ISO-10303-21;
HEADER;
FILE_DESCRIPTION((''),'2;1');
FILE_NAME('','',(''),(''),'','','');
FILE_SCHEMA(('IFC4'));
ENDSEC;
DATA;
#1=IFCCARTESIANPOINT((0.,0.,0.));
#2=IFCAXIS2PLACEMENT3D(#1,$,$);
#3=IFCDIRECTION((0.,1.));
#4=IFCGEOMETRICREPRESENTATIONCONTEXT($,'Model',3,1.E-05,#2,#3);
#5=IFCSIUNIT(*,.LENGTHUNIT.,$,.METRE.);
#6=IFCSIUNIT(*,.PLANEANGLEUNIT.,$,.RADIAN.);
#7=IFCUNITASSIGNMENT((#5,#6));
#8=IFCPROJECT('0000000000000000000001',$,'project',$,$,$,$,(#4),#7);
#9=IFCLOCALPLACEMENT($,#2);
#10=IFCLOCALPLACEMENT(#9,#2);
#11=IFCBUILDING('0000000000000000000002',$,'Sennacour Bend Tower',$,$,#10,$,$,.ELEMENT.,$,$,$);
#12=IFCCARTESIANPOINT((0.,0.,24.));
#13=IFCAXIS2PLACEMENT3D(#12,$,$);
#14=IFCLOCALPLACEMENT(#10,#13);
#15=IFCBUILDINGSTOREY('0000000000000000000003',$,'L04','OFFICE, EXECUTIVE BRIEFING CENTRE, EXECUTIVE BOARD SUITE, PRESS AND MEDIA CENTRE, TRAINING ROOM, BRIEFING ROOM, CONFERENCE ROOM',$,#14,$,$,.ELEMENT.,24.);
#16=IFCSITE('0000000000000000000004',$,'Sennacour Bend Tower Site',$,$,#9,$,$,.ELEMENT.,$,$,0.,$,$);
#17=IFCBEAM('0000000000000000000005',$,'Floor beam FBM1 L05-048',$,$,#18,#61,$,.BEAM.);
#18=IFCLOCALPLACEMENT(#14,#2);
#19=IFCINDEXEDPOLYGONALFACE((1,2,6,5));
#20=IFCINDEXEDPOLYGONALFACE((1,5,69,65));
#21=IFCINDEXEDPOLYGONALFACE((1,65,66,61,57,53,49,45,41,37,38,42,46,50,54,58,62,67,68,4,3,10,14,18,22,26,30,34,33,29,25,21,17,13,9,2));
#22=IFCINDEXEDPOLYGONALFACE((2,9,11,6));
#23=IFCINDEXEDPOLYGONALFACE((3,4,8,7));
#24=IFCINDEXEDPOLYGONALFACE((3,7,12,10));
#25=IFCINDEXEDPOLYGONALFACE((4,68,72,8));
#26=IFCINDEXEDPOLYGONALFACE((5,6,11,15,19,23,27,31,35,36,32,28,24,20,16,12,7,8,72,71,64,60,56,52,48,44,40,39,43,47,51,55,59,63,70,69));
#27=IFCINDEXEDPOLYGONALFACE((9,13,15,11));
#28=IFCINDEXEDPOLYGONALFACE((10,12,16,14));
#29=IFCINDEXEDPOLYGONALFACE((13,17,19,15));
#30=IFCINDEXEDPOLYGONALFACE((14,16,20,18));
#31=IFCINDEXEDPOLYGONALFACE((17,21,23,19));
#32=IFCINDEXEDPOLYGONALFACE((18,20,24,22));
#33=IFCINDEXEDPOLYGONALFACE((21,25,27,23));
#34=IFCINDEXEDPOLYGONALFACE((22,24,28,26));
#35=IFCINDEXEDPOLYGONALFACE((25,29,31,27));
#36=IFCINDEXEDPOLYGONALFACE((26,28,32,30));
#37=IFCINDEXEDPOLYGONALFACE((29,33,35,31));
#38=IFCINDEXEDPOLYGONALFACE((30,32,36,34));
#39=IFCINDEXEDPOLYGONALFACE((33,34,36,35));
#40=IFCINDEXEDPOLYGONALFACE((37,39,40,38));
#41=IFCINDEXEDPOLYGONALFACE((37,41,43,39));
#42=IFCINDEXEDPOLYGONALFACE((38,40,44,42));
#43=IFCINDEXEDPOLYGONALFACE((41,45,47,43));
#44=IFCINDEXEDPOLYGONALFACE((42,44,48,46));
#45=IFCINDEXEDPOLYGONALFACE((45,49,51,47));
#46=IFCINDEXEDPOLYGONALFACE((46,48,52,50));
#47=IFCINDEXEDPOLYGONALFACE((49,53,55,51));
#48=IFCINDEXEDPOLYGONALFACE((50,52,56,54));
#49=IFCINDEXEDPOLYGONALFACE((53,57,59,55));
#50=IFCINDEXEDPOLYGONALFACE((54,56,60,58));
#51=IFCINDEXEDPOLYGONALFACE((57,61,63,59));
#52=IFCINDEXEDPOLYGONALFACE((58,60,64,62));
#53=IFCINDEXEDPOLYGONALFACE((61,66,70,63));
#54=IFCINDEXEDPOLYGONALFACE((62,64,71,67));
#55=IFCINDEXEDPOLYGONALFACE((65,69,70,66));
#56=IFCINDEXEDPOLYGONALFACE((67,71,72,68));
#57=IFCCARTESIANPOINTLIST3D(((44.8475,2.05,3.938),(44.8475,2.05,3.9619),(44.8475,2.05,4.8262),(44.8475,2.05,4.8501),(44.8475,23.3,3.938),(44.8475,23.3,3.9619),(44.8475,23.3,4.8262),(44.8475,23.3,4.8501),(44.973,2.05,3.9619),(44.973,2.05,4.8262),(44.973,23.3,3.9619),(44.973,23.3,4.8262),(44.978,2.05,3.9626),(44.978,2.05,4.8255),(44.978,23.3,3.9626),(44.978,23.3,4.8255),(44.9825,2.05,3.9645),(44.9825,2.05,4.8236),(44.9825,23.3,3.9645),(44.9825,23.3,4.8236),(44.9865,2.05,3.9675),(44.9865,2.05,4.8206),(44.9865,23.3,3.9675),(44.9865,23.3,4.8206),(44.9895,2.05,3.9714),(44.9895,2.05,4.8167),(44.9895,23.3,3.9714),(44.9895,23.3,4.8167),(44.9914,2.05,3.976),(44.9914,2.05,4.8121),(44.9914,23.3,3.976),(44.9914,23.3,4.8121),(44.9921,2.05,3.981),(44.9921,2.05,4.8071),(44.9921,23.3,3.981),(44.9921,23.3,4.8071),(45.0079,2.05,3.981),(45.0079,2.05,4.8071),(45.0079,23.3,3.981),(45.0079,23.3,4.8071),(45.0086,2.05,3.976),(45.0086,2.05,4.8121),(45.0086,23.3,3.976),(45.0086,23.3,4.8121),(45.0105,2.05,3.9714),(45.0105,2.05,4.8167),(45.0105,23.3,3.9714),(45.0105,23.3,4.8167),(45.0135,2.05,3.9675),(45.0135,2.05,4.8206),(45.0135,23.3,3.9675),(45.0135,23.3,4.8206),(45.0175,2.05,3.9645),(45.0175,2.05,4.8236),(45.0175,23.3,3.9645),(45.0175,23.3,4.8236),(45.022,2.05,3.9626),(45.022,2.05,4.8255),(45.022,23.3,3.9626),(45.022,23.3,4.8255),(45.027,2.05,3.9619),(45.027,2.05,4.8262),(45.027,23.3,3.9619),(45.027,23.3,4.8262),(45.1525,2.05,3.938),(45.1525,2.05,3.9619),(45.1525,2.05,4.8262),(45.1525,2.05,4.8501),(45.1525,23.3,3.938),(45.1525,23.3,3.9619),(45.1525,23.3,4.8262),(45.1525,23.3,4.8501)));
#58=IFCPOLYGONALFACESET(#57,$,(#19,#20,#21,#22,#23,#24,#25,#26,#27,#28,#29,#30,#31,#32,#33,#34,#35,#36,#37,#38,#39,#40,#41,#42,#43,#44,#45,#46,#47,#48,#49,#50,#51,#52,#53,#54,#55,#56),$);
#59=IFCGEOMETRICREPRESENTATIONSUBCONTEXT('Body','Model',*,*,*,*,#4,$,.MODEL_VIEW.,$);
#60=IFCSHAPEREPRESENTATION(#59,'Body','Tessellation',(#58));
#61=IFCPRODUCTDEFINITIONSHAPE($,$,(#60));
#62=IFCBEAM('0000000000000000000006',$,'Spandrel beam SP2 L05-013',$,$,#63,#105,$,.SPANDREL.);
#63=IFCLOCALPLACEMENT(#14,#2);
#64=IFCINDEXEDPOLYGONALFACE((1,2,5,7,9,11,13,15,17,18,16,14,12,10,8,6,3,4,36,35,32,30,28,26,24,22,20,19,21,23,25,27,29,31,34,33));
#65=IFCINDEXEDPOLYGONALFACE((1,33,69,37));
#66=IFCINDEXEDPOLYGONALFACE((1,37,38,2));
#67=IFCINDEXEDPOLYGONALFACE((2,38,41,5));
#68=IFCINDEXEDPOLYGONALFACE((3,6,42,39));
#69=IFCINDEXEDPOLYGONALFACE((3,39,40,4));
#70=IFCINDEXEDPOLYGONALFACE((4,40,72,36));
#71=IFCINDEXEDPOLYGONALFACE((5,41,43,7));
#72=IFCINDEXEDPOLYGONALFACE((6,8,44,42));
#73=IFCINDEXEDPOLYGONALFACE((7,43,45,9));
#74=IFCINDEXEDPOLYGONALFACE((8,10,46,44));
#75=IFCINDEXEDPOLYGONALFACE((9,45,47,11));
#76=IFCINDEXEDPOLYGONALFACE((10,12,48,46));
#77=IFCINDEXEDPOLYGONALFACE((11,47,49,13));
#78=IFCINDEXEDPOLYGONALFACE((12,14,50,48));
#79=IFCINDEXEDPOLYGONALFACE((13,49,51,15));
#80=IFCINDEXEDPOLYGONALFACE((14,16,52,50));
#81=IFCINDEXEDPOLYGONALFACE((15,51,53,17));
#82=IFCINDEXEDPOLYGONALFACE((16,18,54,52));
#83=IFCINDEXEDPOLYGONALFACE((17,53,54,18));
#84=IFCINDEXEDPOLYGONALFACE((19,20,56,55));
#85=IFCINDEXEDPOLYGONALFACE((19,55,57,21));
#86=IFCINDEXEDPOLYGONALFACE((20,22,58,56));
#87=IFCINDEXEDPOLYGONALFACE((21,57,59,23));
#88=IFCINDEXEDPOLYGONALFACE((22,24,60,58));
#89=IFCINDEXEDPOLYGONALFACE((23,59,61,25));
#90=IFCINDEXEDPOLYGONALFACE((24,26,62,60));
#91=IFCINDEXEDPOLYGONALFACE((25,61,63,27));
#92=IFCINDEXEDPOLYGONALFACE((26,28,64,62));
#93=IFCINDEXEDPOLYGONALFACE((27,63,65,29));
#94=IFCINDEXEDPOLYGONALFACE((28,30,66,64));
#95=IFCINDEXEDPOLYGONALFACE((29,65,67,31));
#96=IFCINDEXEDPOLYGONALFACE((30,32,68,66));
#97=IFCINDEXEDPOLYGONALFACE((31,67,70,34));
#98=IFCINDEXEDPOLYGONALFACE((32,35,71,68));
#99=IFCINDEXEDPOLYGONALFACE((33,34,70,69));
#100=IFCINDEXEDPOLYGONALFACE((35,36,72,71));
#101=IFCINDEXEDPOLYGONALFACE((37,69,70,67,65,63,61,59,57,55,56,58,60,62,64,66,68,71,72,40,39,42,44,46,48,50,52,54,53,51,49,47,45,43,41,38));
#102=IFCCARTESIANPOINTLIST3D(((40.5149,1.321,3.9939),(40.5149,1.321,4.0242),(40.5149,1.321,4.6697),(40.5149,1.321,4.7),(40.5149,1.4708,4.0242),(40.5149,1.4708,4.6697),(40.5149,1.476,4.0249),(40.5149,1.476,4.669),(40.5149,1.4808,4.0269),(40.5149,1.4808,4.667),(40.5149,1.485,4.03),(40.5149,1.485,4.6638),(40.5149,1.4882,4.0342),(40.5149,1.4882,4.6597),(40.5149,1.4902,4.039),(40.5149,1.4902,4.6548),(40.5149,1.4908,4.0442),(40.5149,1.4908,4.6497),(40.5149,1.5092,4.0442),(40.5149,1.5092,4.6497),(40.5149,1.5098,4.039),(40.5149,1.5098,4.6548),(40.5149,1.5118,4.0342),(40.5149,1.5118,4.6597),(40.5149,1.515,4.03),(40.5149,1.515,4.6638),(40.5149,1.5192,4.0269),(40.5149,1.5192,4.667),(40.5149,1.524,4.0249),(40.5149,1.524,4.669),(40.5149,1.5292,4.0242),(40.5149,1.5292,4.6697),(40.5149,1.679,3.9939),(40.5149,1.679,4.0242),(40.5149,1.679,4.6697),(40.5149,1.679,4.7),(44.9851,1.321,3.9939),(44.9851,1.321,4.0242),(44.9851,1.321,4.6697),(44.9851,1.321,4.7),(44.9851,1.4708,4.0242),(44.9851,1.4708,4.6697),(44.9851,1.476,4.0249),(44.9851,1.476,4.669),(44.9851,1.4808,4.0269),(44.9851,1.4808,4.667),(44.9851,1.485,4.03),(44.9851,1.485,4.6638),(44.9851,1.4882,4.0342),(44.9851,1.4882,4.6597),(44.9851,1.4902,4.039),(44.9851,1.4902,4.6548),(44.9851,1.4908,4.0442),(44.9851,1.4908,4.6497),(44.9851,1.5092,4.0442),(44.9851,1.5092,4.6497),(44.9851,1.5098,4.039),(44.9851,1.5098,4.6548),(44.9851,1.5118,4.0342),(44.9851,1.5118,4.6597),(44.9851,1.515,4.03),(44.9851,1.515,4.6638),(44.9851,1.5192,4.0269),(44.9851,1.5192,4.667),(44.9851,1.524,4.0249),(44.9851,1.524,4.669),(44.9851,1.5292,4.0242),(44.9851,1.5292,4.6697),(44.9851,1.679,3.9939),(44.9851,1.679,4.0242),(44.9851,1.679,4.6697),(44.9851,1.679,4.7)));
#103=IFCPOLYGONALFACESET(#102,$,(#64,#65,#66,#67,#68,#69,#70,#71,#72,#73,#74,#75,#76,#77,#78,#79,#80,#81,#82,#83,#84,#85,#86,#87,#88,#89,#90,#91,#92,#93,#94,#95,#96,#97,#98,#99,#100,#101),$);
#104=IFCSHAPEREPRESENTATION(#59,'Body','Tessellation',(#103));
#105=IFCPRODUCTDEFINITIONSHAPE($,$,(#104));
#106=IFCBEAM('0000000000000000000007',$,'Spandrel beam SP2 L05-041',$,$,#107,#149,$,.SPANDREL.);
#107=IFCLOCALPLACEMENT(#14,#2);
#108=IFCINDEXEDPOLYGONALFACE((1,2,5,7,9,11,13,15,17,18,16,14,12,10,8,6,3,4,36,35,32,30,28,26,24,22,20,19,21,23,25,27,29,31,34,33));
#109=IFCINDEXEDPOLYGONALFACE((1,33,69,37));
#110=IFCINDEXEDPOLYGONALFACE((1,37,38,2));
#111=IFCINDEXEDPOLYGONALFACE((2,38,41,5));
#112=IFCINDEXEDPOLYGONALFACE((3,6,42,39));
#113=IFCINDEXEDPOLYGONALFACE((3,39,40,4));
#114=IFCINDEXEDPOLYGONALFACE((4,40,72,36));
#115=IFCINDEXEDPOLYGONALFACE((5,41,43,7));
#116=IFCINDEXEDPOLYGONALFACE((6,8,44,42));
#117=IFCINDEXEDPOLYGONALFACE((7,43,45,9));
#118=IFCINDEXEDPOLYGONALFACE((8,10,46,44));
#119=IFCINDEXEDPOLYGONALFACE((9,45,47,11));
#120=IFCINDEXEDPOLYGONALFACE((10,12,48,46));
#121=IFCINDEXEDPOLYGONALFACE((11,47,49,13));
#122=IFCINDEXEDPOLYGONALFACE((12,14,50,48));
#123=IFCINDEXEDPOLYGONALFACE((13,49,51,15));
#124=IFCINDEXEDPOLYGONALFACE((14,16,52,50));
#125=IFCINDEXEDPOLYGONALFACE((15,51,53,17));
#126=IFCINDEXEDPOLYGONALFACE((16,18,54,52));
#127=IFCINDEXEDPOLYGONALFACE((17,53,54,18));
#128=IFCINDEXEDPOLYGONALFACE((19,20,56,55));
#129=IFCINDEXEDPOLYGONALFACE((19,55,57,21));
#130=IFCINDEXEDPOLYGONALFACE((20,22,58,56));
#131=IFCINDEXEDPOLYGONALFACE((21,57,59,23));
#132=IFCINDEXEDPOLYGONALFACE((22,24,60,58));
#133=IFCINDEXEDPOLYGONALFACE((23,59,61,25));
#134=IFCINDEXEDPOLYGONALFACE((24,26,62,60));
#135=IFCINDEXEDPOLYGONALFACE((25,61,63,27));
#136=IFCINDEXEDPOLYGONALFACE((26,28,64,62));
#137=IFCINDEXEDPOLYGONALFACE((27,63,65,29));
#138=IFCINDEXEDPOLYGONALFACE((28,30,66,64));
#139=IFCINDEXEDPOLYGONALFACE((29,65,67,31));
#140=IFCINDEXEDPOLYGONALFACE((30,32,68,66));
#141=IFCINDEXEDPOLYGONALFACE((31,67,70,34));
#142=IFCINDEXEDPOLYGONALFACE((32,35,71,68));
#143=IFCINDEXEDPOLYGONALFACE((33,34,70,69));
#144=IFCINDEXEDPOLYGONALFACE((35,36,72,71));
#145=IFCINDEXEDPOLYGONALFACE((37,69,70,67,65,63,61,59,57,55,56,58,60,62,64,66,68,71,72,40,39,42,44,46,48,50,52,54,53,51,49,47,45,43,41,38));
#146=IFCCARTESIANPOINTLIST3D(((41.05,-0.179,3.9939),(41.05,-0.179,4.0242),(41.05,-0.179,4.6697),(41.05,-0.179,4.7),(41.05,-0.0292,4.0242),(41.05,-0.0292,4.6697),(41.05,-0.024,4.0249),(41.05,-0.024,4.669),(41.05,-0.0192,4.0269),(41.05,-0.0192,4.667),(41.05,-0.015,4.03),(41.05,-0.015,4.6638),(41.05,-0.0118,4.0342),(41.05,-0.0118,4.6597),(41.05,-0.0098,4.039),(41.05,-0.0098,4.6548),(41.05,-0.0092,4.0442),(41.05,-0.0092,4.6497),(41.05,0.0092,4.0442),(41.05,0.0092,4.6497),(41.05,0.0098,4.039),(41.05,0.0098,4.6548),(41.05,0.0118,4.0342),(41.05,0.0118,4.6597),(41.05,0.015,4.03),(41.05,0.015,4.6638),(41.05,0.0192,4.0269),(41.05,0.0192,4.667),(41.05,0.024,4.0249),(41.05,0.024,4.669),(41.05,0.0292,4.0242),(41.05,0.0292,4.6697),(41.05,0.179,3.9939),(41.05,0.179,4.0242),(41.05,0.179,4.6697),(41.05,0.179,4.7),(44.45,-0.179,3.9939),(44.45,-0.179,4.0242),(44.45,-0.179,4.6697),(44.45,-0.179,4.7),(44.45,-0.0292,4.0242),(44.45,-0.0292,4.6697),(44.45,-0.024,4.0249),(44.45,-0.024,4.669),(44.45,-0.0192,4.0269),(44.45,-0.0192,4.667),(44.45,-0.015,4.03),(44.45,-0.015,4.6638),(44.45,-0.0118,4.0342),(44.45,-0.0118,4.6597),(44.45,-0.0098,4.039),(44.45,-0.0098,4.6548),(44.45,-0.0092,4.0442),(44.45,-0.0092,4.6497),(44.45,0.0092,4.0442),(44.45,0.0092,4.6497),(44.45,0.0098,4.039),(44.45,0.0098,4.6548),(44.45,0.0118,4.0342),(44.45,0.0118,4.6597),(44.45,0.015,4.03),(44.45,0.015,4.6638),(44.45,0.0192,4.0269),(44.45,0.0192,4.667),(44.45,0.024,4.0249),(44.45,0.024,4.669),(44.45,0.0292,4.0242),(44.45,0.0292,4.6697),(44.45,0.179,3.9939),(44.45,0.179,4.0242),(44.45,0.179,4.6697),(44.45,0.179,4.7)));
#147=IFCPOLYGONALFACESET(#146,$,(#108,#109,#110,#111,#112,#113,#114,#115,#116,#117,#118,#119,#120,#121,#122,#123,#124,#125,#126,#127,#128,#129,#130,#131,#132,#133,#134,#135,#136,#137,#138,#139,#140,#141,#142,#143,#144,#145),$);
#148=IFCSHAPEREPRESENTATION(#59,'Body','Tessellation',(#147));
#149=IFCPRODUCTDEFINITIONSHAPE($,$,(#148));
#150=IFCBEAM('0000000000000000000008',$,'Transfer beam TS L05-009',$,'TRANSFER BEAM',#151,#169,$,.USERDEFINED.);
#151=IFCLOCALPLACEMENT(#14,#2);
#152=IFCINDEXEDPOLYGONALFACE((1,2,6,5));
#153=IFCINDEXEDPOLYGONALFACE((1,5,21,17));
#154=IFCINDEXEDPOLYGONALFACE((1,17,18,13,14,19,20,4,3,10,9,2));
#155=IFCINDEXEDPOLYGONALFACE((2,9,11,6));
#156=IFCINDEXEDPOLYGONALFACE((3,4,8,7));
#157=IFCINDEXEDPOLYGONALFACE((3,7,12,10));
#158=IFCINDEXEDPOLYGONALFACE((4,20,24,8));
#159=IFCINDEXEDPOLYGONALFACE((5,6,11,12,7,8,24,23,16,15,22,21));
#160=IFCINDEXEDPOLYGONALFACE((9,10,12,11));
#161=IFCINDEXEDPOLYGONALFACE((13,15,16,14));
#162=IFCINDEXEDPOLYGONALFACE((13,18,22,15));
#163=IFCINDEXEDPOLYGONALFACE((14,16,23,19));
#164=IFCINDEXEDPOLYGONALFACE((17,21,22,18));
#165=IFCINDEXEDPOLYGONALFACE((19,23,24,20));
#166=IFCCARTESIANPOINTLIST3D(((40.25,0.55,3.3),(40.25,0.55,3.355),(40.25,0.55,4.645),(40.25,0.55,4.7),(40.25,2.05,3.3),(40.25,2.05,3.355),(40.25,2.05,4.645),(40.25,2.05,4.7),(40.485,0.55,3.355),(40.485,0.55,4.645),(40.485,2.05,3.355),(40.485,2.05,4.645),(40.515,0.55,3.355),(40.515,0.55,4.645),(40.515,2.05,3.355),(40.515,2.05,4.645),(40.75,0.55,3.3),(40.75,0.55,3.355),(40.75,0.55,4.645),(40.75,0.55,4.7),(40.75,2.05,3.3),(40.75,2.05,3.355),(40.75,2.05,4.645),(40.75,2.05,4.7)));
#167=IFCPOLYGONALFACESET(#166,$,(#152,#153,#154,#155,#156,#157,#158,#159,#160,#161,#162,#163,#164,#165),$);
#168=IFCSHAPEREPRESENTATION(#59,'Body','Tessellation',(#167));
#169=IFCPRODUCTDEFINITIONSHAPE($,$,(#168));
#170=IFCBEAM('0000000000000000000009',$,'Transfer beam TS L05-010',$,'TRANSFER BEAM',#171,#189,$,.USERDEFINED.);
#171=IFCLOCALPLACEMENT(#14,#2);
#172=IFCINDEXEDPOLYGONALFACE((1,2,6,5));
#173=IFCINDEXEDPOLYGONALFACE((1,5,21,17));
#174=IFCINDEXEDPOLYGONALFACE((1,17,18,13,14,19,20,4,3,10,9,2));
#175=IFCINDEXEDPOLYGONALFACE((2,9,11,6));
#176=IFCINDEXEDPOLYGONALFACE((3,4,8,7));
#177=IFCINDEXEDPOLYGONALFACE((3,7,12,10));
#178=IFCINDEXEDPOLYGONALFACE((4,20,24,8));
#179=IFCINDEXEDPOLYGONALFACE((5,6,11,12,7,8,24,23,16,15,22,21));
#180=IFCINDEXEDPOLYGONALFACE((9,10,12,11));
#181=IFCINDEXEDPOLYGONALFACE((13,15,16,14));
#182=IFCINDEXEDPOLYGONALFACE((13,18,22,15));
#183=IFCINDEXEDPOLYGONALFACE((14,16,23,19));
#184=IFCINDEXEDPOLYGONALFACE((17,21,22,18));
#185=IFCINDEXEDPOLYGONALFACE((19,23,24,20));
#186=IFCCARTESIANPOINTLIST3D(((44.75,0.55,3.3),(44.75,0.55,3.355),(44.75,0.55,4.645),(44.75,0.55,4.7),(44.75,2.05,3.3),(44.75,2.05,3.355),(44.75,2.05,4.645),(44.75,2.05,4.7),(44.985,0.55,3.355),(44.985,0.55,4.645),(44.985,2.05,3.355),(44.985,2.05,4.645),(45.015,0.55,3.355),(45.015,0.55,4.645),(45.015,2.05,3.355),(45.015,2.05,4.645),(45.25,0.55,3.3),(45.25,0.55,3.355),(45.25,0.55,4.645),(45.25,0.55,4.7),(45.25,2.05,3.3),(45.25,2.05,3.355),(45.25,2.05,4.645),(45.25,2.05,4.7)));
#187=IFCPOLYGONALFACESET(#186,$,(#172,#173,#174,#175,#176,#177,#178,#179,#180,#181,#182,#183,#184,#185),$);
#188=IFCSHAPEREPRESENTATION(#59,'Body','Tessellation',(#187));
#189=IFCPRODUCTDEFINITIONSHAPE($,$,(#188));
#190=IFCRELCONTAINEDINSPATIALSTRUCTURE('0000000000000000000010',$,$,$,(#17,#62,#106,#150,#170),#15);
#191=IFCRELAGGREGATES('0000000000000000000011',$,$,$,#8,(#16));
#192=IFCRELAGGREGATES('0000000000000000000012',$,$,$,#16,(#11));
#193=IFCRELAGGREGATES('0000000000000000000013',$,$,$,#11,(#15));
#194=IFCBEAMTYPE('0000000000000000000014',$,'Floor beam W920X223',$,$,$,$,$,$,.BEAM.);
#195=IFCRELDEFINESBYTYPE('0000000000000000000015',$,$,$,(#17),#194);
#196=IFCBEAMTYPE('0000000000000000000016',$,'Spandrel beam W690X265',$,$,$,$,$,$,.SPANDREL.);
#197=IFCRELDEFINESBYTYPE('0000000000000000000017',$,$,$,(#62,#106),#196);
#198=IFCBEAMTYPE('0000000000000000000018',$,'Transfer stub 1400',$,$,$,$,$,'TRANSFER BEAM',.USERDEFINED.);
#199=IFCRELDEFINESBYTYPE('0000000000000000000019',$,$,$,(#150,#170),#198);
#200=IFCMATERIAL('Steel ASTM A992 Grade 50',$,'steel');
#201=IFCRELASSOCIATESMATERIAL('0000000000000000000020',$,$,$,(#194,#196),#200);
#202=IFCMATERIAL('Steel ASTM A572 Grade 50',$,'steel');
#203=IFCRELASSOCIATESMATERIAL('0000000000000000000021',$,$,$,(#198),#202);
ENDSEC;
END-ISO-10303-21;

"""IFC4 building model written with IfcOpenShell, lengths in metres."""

from ifc_helpers import new_model, si_unit, direction, frame, origin, origin_2d, place, context, subcontext, project, spatial, i_section, extrude, material, material_profile, profile_set, type_object, element, save


model = new_model("IFC4")

# Units and contexts
model_context = context("Model", 3, precision=1e-05, world=origin(), true_north=direction((0.0, 1.0)))
body_context = subcontext(model_context, "Body", "Model", "MODEL_VIEW")
ifc_project = project(units=[si_unit("LENGTHUNIT", "METRE"), si_unit("PLANEANGLEUNIT", "RADIAN")], contexts=[model_context])

# Site, building, storey
site_placement = place(None, origin())
site = spatial("IfcSite", under=ifc_project, at=site_placement, Name="Sennacour Bend Tower Site", CompositionType="ELEMENT", RefElevation=0.0)
building_placement = place(site_placement, origin())
building = spatial("IfcBuilding", under=site, at=building_placement, Name="Sennacour Bend Tower", CompositionType="ELEMENT")
storey_placement = place(building_placement, frame((0.0, 0.0, 24.0)))
storey = spatial("IfcBuildingStorey", under=building, at=storey_placement, Name="L04", Description="OFFICE, EXECUTIVE BRIEFING CENTRE, EXECUTIVE BOARD SUITE, PRESS AND MEDIA CENTRE, TRAINING ROOM, BRIEFING ROOM, CONFERENCE ROOM", CompositionType="ELEMENT", Elevation=24.0)

# Shared definitions
ifc_material_1 = material(Name="Steel ASTM A572 Grade 50", Category="steel")

# Beams
ifc_material_2 = material(Name="Steel ASTM A992 Grade 50", Category="steel")
ifc_material_profile_1 = material_profile(ifc_material_2, i_section(OverallWidth=0.3049, OverallDepth=0.9121, WebThickness=0.0159, FlangeThickness=0.0239, FilletRadius=0.019, at=origin_2d()), Name="Steel ASTM A992 Grade 50", Category="steel")
ifc_profile_set_1 = profile_set([ifc_material_profile_1], Name="Steel ASTM A992 Grade 50")
beam_type_1 = type_object("IfcBeamType", Name="Floor beam W920X223", PredefinedType="BEAM", material=ifc_profile_set_1)
beam_1_placement = place(storey_placement, frame((45.0, 2.05, 4.394), z_axis=(0.0, 1.0, 0.0), x_axis=(-1.0, 0.0, 0.0)))
element("IfcBeam", 1, at=beam_1_placement, inside=storey, type_object=beam_type_1, Name="Floor beam FBM1 L05-048", PredefinedType="BEAM", context=body_context, shape_type="SweptSolid", body=[
    extrude(i_section(OverallWidth=0.3049, OverallDepth=0.9121, WebThickness=0.0159, FlangeThickness=0.0239, FilletRadius=0.019, at=origin_2d()), origin(), (0.0, 0.0, 1.0), 21.25),
])
ifc_material_profile_2 = material_profile(ifc_material_2, i_section(OverallWidth=0.3579, OverallDepth=0.7061, WebThickness=0.0183, FlangeThickness=0.0303, FilletRadius=0.02, at=origin_2d()), Name="Steel ASTM A992 Grade 50", Category="steel")
ifc_profile_set_2 = profile_set([ifc_material_profile_2], Name="Steel ASTM A992 Grade 50")
beam_type_2 = type_object("IfcBeamType", Name="Spandrel beam W690X265", PredefinedType="SPANDREL", material=ifc_profile_set_2)
beam_2_placement = place(storey_placement, frame((44.9851, 1.5, 4.3469), z_axis=(-1.0, 0.0, 0.0), x_axis=(0.0, -1.0, 0.0)))
element("IfcBeam", 2, at=beam_2_placement, inside=storey, type_object=beam_type_2, Name="Spandrel beam SP2 L05-013", PredefinedType="SPANDREL", context=body_context, shape_type="SweptSolid", body=[
    extrude(i_section(OverallWidth=0.3579, OverallDepth=0.7061, WebThickness=0.0183, FlangeThickness=0.0303, FilletRadius=0.02, at=origin_2d()), origin(), (0.0, 0.0, 1.0), 4.4702),
])
beam_3_placement = place(storey_placement, frame((44.45, 0.0, 4.3469), z_axis=(-1.0, 0.0, 0.0), x_axis=(0.0, -1.0, 0.0)))
element("IfcBeam", 3, at=beam_3_placement, inside=storey, type_object=beam_type_2, Name="Spandrel beam SP2 L05-041", PredefinedType="SPANDREL", context=body_context, shape_type="SweptSolid", body=[
    extrude(i_section(OverallWidth=0.3579, OverallDepth=0.7061, WebThickness=0.0183, FlangeThickness=0.0303, FilletRadius=0.02, at=origin_2d()), origin(), (0.0, 0.0, 1.0), 3.3999),
])
ifc_material_profile_3 = material_profile(ifc_material_1, i_section(OverallWidth=0.5, OverallDepth=1.3999, WebThickness=0.03, FlangeThickness=0.0549, at=origin_2d()), Name="Steel ASTM A572 Grade 50", Category="steel")
ifc_profile_set_3 = profile_set([ifc_material_profile_3], Name="Steel ASTM A572 Grade 50")
beam_type_3 = type_object("IfcBeamType", Name="Transfer stub 1400", ElementType="TRANSFER BEAM", PredefinedType="USERDEFINED", material=ifc_profile_set_3)
for number, where, z_axis, x_axis, name in (
    (4, (40.5, 0.55, 4.0), (0.0, 1.0, 0.0), (-1.0, 0.0, 0.0), "Transfer beam TS L05-009"),
    (5, (45.0, 0.55, 4.0), (0.0, 1.0, 0.0), (-1.0, 0.0, 0.0), "Transfer beam TS L05-010"),
):
    element("IfcBeam", number, at=place(storey_placement, frame(where, z_axis=z_axis, x_axis=x_axis)), inside=storey, type_object=beam_type_3, Name=name, ObjectType="TRANSFER BEAM", PredefinedType="USERDEFINED", context=body_context, shape_type="SweptSolid", body=[
        extrude(i_section(OverallWidth=0.5, OverallDepth=1.3999, WebThickness=0.03, FlangeThickness=0.0549, at=origin_2d()), origin(), (0.0, 0.0, 1.0), 1.5),
    ])

save(model, "model.ifc")
